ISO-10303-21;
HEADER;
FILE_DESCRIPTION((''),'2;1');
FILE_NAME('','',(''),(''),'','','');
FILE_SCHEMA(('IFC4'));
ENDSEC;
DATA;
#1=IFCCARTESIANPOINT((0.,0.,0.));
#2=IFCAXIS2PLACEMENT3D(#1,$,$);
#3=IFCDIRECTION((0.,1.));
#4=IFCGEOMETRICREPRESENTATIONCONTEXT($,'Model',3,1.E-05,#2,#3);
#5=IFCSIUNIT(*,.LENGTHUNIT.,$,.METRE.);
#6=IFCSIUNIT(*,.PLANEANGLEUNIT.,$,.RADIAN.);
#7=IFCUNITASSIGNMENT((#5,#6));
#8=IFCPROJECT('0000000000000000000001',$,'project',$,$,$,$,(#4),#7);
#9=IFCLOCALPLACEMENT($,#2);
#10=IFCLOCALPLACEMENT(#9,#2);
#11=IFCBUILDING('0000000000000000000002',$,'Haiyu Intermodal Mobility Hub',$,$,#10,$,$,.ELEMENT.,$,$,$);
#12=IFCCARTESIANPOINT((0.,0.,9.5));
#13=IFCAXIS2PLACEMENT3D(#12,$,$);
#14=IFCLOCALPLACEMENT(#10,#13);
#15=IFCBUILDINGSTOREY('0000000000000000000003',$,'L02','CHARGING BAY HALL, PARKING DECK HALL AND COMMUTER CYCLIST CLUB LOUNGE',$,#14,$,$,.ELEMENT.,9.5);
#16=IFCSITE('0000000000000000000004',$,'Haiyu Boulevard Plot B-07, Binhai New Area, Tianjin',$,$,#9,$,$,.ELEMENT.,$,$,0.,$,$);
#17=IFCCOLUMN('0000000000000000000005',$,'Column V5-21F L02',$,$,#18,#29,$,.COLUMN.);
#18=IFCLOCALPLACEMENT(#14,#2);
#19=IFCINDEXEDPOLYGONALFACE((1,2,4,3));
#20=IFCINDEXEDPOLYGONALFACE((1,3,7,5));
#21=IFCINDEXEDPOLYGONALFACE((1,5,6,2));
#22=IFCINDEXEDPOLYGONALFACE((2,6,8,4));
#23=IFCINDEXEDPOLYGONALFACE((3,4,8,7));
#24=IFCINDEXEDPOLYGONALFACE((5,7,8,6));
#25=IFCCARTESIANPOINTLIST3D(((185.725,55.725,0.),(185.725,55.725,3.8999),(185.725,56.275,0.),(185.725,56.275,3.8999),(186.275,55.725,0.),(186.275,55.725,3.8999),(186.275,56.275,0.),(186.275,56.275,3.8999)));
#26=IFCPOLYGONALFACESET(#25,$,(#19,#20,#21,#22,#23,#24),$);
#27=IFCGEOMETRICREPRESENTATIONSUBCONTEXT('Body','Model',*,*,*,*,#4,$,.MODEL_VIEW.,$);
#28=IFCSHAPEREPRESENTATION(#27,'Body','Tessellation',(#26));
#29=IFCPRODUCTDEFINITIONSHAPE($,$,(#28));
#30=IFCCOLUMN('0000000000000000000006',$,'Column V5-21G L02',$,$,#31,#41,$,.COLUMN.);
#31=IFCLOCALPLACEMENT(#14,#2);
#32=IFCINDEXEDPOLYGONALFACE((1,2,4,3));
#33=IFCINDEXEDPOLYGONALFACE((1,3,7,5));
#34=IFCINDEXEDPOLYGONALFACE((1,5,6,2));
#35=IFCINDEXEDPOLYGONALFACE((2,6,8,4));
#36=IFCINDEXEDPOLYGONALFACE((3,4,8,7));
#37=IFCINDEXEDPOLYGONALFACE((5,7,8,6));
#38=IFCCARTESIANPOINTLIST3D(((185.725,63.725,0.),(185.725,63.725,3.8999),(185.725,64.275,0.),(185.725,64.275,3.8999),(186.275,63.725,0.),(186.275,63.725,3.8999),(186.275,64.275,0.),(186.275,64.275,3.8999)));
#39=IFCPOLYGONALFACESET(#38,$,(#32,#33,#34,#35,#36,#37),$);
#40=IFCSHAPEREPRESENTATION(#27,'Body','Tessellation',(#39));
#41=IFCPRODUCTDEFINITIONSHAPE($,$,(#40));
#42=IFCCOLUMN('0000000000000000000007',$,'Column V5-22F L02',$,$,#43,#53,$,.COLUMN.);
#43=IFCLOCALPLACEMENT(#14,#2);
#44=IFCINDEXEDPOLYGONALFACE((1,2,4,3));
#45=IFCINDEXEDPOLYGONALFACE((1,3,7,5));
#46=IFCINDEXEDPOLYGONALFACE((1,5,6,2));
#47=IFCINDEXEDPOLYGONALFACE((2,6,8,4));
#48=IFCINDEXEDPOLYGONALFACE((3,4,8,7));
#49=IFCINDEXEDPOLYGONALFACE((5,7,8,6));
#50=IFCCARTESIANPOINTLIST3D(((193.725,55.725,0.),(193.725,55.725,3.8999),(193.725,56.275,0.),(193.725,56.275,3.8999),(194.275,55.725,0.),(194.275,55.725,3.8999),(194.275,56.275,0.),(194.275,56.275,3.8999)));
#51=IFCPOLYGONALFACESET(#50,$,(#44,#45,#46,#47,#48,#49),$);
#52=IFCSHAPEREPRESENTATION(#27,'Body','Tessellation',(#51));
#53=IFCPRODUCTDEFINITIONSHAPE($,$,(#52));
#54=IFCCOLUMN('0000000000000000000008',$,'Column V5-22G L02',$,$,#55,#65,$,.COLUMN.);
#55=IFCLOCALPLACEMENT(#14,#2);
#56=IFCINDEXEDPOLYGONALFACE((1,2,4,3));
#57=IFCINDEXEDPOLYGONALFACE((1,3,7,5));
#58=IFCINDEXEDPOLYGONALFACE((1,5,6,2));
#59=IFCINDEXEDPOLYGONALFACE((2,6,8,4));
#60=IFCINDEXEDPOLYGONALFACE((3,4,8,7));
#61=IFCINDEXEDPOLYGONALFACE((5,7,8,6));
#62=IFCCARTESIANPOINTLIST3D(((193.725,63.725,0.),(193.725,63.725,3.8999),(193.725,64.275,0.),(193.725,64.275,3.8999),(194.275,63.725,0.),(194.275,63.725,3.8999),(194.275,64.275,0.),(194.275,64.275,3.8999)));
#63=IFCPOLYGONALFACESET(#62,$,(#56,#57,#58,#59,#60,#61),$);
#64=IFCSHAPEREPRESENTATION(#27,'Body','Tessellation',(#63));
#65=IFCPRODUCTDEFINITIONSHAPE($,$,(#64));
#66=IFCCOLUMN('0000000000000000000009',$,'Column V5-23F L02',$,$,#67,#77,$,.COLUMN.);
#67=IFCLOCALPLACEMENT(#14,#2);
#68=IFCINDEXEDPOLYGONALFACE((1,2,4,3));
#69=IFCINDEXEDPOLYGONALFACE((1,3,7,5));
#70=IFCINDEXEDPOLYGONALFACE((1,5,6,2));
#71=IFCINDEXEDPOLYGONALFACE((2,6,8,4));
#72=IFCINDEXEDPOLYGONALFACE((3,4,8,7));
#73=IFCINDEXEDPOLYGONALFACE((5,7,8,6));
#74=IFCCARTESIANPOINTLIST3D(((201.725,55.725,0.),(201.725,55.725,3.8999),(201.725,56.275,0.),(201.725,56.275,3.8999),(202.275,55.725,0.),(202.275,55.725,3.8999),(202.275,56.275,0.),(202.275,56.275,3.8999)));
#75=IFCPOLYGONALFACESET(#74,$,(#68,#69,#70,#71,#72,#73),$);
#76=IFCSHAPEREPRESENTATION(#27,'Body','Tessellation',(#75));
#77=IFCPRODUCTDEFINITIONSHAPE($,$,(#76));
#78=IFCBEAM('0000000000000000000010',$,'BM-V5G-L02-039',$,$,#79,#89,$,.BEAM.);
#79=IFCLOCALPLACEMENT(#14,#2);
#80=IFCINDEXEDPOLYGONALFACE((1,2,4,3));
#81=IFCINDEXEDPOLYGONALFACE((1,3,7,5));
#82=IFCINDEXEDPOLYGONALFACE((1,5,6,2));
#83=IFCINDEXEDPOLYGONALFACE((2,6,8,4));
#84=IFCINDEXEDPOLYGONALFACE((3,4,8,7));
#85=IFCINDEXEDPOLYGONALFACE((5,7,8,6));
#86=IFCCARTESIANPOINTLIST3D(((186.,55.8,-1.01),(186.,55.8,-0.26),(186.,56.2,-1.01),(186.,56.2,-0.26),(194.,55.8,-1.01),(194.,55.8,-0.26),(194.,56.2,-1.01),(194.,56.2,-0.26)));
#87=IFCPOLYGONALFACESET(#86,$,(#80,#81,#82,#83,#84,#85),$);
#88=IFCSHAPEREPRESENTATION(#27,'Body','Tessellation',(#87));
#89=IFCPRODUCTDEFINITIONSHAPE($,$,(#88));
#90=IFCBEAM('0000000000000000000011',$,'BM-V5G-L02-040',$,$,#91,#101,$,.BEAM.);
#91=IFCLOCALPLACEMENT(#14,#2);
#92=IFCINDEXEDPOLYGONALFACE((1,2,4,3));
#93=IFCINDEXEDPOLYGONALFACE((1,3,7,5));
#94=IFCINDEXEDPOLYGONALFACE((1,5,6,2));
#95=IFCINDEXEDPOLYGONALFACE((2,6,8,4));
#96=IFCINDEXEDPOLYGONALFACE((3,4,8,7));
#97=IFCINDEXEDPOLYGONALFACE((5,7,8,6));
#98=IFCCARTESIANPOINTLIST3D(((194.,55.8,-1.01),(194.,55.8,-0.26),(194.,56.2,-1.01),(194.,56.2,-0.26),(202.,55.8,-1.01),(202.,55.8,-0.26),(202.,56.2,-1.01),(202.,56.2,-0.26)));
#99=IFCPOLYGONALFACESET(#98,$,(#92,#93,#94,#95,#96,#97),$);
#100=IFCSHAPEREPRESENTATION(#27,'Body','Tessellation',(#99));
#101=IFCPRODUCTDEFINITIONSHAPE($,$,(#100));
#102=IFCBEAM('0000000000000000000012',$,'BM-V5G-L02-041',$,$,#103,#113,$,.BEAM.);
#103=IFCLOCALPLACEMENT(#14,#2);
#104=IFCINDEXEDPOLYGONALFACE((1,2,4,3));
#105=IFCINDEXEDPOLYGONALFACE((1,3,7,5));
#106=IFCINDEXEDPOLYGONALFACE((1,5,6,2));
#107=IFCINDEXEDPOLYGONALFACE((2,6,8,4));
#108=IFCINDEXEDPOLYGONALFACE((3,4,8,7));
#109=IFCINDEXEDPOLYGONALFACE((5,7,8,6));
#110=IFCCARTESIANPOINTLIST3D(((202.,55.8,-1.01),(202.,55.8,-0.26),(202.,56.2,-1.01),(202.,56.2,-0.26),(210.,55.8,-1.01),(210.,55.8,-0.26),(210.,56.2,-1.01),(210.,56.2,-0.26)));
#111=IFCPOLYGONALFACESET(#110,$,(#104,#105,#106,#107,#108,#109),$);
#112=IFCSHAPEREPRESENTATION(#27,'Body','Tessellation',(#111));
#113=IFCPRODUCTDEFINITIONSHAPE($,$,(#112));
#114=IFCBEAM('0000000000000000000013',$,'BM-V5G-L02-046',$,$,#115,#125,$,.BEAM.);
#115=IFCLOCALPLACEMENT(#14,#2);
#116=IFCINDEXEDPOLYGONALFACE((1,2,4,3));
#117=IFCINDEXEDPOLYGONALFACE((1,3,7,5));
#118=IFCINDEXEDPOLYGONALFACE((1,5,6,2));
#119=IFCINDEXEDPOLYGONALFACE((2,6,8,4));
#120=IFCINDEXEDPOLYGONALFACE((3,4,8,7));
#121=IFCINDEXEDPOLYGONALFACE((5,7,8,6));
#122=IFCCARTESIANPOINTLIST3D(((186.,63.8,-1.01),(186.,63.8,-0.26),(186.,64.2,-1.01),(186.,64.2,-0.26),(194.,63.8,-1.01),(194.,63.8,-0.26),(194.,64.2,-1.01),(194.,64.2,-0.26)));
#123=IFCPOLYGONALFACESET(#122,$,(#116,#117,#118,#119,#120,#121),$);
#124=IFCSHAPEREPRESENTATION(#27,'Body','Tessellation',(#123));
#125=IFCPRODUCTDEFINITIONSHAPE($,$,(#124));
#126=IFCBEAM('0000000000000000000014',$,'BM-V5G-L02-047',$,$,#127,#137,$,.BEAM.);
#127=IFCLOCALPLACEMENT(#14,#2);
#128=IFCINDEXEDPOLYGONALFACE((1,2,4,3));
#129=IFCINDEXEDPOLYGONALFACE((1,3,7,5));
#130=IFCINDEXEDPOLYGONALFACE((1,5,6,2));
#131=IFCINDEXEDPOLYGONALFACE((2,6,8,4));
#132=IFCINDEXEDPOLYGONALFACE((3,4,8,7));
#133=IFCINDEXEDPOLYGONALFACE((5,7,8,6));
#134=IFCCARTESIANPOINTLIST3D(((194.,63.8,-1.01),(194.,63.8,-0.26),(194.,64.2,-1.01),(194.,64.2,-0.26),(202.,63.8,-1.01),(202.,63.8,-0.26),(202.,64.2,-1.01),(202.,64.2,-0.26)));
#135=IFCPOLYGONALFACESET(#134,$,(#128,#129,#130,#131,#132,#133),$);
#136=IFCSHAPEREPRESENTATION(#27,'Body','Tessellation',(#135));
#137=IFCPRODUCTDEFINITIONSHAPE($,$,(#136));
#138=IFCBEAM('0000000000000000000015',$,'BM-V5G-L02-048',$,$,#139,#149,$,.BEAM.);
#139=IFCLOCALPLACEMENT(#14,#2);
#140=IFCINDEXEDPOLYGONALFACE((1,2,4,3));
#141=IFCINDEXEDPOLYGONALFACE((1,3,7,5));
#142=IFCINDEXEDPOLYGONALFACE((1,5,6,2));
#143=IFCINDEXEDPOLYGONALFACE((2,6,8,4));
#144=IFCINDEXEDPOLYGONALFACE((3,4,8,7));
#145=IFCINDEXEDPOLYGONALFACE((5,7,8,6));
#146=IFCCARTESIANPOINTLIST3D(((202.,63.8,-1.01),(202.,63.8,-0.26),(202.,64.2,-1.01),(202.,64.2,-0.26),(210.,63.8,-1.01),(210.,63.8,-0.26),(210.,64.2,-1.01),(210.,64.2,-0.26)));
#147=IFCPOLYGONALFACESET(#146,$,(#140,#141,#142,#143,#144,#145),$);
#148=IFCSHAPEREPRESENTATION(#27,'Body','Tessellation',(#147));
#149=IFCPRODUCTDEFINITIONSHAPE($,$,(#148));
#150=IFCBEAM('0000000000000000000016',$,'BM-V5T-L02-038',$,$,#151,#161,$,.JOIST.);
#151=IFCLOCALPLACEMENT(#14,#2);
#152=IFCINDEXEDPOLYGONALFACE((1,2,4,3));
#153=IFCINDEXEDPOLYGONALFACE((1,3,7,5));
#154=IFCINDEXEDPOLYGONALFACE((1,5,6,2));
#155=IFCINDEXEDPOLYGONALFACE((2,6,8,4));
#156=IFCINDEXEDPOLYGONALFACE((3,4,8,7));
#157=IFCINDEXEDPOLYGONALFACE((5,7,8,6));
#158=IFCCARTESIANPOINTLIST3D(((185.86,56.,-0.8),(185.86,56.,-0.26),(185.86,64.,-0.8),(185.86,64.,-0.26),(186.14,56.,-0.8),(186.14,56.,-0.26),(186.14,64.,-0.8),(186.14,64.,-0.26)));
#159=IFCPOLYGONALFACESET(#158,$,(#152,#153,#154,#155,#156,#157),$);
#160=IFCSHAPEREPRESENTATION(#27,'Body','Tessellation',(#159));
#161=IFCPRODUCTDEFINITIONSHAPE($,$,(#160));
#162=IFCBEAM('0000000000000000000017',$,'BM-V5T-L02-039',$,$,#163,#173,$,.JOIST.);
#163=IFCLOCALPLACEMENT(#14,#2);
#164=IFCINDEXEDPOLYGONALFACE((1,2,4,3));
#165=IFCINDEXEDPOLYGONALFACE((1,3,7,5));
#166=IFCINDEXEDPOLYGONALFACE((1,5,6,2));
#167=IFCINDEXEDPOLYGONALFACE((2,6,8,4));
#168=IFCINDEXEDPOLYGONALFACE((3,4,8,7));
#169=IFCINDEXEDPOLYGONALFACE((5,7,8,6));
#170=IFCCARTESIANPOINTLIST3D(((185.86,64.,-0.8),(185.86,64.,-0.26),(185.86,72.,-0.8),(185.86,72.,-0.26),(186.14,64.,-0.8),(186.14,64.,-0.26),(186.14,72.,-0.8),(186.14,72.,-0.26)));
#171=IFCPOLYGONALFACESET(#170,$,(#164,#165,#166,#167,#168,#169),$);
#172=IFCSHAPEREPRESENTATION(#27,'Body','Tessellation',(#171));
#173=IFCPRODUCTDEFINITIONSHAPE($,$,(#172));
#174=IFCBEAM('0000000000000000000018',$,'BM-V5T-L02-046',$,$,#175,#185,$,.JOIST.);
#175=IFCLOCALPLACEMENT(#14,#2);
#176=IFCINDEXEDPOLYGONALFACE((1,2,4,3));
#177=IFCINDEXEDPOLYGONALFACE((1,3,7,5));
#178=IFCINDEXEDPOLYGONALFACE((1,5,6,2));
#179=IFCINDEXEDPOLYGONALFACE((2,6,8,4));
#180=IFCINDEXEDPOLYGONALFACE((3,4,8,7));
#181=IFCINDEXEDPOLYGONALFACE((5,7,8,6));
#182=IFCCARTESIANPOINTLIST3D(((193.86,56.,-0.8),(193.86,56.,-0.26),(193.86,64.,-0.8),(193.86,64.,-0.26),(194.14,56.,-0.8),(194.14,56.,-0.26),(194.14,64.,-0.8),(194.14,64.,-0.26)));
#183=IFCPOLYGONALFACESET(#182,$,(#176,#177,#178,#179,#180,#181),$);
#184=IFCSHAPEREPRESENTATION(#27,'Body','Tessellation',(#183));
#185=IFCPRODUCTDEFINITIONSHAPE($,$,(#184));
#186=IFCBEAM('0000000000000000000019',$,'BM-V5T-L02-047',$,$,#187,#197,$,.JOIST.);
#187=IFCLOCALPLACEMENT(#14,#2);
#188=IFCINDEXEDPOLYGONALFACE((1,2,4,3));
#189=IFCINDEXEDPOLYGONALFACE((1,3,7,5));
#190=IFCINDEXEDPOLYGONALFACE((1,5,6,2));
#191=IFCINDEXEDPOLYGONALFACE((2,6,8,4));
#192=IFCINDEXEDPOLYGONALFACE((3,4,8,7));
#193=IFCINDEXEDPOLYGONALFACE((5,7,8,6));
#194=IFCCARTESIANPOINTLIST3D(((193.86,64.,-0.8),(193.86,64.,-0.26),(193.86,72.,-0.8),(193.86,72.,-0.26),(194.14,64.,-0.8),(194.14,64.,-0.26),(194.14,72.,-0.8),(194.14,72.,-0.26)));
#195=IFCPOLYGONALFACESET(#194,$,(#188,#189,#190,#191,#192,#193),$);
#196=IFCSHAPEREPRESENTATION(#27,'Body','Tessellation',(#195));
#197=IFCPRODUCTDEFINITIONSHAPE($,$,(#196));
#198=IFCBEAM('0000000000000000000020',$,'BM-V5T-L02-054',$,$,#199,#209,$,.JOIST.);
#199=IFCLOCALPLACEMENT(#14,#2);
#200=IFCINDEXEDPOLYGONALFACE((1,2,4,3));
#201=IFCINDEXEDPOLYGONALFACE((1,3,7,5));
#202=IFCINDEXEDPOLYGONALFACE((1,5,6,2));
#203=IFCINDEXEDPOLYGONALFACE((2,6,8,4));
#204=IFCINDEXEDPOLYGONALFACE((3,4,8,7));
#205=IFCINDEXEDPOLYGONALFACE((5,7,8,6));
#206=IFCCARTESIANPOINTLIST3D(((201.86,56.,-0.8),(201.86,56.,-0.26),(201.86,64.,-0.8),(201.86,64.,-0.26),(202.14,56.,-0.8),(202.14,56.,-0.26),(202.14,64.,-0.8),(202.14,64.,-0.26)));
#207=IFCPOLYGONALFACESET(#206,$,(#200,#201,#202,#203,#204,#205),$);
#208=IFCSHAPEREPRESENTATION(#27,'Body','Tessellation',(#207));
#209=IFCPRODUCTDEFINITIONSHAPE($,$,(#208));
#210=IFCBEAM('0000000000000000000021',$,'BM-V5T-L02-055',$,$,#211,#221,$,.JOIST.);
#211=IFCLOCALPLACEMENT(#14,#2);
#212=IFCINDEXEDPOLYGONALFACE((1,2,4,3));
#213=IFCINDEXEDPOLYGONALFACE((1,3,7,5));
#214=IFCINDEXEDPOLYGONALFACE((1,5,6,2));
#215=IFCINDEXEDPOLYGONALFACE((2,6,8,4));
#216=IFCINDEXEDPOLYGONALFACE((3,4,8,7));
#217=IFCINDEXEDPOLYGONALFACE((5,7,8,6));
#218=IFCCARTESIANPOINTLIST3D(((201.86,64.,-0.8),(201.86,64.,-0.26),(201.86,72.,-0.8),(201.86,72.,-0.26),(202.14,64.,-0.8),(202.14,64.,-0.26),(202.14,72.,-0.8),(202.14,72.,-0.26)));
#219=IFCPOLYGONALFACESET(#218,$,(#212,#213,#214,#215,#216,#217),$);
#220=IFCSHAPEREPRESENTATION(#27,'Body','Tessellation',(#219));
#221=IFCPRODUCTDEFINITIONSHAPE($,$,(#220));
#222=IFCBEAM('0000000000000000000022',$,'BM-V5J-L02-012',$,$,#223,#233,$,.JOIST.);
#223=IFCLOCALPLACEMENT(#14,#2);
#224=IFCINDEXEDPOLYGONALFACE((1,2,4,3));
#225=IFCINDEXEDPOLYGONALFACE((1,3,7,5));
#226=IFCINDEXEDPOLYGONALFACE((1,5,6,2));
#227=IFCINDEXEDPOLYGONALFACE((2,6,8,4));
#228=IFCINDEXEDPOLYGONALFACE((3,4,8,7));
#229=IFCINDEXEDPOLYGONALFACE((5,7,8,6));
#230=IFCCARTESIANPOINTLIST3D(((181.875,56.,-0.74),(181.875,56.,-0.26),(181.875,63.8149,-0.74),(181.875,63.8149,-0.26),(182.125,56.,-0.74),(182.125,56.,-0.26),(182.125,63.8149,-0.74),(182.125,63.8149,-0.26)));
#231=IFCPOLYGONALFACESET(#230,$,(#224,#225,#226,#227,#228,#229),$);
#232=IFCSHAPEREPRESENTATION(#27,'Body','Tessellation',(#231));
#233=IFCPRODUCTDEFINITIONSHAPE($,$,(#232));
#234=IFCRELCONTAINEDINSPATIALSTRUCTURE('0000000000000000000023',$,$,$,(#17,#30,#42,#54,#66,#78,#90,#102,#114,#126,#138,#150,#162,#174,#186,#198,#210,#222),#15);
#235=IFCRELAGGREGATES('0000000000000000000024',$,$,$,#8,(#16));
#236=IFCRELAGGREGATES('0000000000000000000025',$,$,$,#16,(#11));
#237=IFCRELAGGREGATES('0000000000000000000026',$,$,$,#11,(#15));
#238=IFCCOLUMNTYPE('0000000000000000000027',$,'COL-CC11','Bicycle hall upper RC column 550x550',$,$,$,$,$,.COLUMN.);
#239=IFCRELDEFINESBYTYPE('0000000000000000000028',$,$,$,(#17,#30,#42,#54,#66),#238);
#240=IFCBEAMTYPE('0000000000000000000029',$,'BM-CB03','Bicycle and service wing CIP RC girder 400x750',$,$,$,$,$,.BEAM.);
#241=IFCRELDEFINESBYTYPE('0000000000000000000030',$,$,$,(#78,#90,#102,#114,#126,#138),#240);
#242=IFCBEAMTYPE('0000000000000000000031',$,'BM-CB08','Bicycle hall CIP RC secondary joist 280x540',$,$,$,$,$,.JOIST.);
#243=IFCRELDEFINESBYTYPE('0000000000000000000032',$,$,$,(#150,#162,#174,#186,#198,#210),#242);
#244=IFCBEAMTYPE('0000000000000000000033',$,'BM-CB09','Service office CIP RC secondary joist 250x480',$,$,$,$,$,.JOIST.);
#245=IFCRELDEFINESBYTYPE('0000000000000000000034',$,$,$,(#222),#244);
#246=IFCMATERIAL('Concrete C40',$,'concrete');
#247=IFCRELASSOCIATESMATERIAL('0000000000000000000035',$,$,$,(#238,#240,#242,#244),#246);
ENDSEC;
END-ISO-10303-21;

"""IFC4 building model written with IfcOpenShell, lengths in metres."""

from ifc_helpers import new_model, si_unit, direction, frame, origin, origin_2d, place, context, subcontext, project, spatial, rectangle, extrude, material, material_profile, profile_set, type_object, element, save


model = new_model("IFC4")

# Units and contexts
model_context = context("Model", 3, precision=1e-05, world=origin(), true_north=direction((0.0, 1.0)))
body_context = subcontext(model_context, "Body", "Model", "MODEL_VIEW")
ifc_project = project(units=[si_unit("LENGTHUNIT", "METRE"), si_unit("PLANEANGLEUNIT", "RADIAN")], contexts=[model_context])

# Site, building, storey
site_placement = place(None, origin())
site = spatial("IfcSite", under=ifc_project, at=site_placement, Name="Haiyu Boulevard Plot B-07, Binhai New Area, Tianjin", CompositionType="ELEMENT", RefElevation=0.0)
building_placement = place(site_placement, origin())
building = spatial("IfcBuilding", under=site, at=building_placement, Name="Haiyu Intermodal Mobility Hub", CompositionType="ELEMENT")
storey_placement = place(building_placement, frame((0.0, 0.0, 9.5)))
storey = spatial("IfcBuildingStorey", under=building, at=storey_placement, Name="L02", Description="CHARGING BAY HALL, PARKING DECK HALL AND COMMUTER CYCLIST CLUB LOUNGE", CompositionType="ELEMENT", Elevation=9.5)

# Columns
ifc_material_1 = material(Name="Concrete C40", Category="concrete")
ifc_material_profile_1 = material_profile(ifc_material_1, rectangle(XDim=0.55, YDim=0.55, at=origin_2d()), Name="RC550x550")
ifc_profile_set_1 = profile_set([ifc_material_profile_1], Name="Concrete C40")
column_type = type_object("IfcColumnType", Name="COL-CC11", Description="Bicycle hall upper RC column 550x550", PredefinedType="COLUMN", material=ifc_profile_set_1)
for number, where, z_axis, x_axis, name in (
    (1, (186.0, 56.0, 0.0), (0.0, 0.0, 1.0), (1.0, 0.0, 0.0), "Column V5-21F L02"),
    (2, (186.0, 64.0, 0.0), (0.0, 0.0, 1.0), (1.0, 0.0, 0.0), "Column V5-21G L02"),
    (3, (194.0, 56.0, 0.0), (0.0, 0.0, 1.0), (1.0, 0.0, 0.0), "Column V5-22F L02"),
    (4, (194.0, 64.0, 0.0), (0.0, 0.0, 1.0), (1.0, 0.0, 0.0), "Column V5-22G L02"),
    (5, (202.0, 56.0, 0.0), (0.0, 0.0, 1.0), (1.0, 0.0, 0.0), "Column V5-23F L02"),
):
    element("IfcColumn", number, at=place(storey_placement, frame(where, z_axis=z_axis, x_axis=x_axis)), inside=storey, type_object=column_type, Name=name, PredefinedType="COLUMN", context=body_context, shape_type="SweptSolid", body=[
        extrude(rectangle(XDim=0.55, YDim=0.55, at=origin_2d()), origin(), (0.0, 0.0, 1.0), 3.8999),
    ])

# Beams
ifc_material_profile_2 = material_profile(ifc_material_1, rectangle(XDim=0.3999, YDim=0.75, at=origin_2d()), Name="RCB400x750")
ifc_profile_set_2 = profile_set([ifc_material_profile_2], Name="Concrete C40")
beam_type_1 = type_object("IfcBeamType", Name="BM-CB03", Description="Bicycle and service wing CIP RC girder 400x750", PredefinedType="BEAM", material=ifc_profile_set_2)
for number, where, z_axis, x_axis, name in (
    (6, (186.0, 56.0, -0.635), (1.0, 0.0, 0.0), (0.0, 1.0, 0.0), "BM-V5G-L02-039"),
    (7, (194.0, 56.0, -0.635), (1.0, 0.0, 0.0), (0.0, 1.0, 0.0), "BM-V5G-L02-040"),
    (8, (202.0, 56.0, -0.635), (1.0, 0.0, 0.0), (0.0, 1.0, 0.0), "BM-V5G-L02-041"),
    (9, (186.0, 64.0, -0.635), (1.0, 0.0, 0.0), (0.0, 1.0, 0.0), "BM-V5G-L02-046"),
    (10, (194.0, 64.0, -0.635), (1.0, 0.0, 0.0), (0.0, 1.0, 0.0), "BM-V5G-L02-047"),
    (11, (202.0, 64.0, -0.635), (1.0, 0.0, 0.0), (0.0, 1.0, 0.0), "BM-V5G-L02-048"),
):
    element("IfcBeam", number, at=place(storey_placement, frame(where, z_axis=z_axis, x_axis=x_axis)), inside=storey, type_object=beam_type_1, Name=name, PredefinedType="BEAM", context=body_context, shape_type="SweptSolid", body=[
        extrude(rectangle(XDim=0.3999, YDim=0.75, at=origin_2d()), origin(), (0.0, 0.0, 1.0), 8.0),
    ])
ifc_material_profile_3 = material_profile(ifc_material_1, rectangle(XDim=0.28, YDim=0.54, at=origin_2d()), Name="RCB280x540")
ifc_profile_set_3 = profile_set([ifc_material_profile_3], Name="Concrete C40")
beam_type_2 = type_object("IfcBeamType", Name="BM-CB08", Description="Bicycle hall CIP RC secondary joist 280x540", PredefinedType="JOIST", material=ifc_profile_set_3)
for number, where, z_axis, x_axis, name in (
    (12, (186.0, 56.0, -0.53), (0.0, 1.0, 0.0), (-1.0, 0.0, 0.0), "BM-V5T-L02-038"),
    (13, (186.0, 64.0, -0.53), (0.0, 1.0, 0.0), (-1.0, 0.0, 0.0), "BM-V5T-L02-039"),
    (14, (194.0, 56.0, -0.53), (0.0, 1.0, 0.0), (-1.0, 0.0, 0.0), "BM-V5T-L02-046"),
    (15, (194.0, 64.0, -0.53), (0.0, 1.0, 0.0), (-1.0, 0.0, 0.0), "BM-V5T-L02-047"),
    (16, (202.0, 56.0, -0.53), (0.0, 1.0, 0.0), (-1.0, 0.0, 0.0), "BM-V5T-L02-054"),
    (17, (202.0, 64.0, -0.53), (0.0, 1.0, 0.0), (-1.0, 0.0, 0.0), "BM-V5T-L02-055"),
):
    element("IfcBeam", number, at=place(storey_placement, frame(where, z_axis=z_axis, x_axis=x_axis)), inside=storey, type_object=beam_type_2, Name=name, PredefinedType="JOIST", context=body_context, shape_type="SweptSolid", body=[
        extrude(rectangle(XDim=0.28, YDim=0.54, at=origin_2d()), origin(), (0.0, 0.0, 1.0), 8.0),
    ])
ifc_material_profile_4 = material_profile(ifc_material_1, rectangle(XDim=0.25, YDim=0.48, at=origin_2d()), Name="RCB250x480")
ifc_profile_set_4 = profile_set([ifc_material_profile_4], Name="Concrete C40")
beam_type_3 = type_object("IfcBeamType", Name="BM-CB09", Description="Service office CIP RC secondary joist 250x480", PredefinedType="JOIST", material=ifc_profile_set_4)
beam_1_placement = place(storey_placement, frame((182.0, 56.0, -0.5), z_axis=(0.0, 1.0, 0.0), x_axis=(-1.0, 0.0, 0.0)))
element("IfcBeam", 18, at=beam_1_placement, inside=storey, type_object=beam_type_3, Name="BM-V5J-L02-012", PredefinedType="JOIST", context=body_context, shape_type="SweptSolid", body=[
    extrude(rectangle(XDim=0.25, YDim=0.48, at=origin_2d()), origin(), (0.0, 0.0, 1.0), 7.8149),
])

save(model, "model.ifc")
